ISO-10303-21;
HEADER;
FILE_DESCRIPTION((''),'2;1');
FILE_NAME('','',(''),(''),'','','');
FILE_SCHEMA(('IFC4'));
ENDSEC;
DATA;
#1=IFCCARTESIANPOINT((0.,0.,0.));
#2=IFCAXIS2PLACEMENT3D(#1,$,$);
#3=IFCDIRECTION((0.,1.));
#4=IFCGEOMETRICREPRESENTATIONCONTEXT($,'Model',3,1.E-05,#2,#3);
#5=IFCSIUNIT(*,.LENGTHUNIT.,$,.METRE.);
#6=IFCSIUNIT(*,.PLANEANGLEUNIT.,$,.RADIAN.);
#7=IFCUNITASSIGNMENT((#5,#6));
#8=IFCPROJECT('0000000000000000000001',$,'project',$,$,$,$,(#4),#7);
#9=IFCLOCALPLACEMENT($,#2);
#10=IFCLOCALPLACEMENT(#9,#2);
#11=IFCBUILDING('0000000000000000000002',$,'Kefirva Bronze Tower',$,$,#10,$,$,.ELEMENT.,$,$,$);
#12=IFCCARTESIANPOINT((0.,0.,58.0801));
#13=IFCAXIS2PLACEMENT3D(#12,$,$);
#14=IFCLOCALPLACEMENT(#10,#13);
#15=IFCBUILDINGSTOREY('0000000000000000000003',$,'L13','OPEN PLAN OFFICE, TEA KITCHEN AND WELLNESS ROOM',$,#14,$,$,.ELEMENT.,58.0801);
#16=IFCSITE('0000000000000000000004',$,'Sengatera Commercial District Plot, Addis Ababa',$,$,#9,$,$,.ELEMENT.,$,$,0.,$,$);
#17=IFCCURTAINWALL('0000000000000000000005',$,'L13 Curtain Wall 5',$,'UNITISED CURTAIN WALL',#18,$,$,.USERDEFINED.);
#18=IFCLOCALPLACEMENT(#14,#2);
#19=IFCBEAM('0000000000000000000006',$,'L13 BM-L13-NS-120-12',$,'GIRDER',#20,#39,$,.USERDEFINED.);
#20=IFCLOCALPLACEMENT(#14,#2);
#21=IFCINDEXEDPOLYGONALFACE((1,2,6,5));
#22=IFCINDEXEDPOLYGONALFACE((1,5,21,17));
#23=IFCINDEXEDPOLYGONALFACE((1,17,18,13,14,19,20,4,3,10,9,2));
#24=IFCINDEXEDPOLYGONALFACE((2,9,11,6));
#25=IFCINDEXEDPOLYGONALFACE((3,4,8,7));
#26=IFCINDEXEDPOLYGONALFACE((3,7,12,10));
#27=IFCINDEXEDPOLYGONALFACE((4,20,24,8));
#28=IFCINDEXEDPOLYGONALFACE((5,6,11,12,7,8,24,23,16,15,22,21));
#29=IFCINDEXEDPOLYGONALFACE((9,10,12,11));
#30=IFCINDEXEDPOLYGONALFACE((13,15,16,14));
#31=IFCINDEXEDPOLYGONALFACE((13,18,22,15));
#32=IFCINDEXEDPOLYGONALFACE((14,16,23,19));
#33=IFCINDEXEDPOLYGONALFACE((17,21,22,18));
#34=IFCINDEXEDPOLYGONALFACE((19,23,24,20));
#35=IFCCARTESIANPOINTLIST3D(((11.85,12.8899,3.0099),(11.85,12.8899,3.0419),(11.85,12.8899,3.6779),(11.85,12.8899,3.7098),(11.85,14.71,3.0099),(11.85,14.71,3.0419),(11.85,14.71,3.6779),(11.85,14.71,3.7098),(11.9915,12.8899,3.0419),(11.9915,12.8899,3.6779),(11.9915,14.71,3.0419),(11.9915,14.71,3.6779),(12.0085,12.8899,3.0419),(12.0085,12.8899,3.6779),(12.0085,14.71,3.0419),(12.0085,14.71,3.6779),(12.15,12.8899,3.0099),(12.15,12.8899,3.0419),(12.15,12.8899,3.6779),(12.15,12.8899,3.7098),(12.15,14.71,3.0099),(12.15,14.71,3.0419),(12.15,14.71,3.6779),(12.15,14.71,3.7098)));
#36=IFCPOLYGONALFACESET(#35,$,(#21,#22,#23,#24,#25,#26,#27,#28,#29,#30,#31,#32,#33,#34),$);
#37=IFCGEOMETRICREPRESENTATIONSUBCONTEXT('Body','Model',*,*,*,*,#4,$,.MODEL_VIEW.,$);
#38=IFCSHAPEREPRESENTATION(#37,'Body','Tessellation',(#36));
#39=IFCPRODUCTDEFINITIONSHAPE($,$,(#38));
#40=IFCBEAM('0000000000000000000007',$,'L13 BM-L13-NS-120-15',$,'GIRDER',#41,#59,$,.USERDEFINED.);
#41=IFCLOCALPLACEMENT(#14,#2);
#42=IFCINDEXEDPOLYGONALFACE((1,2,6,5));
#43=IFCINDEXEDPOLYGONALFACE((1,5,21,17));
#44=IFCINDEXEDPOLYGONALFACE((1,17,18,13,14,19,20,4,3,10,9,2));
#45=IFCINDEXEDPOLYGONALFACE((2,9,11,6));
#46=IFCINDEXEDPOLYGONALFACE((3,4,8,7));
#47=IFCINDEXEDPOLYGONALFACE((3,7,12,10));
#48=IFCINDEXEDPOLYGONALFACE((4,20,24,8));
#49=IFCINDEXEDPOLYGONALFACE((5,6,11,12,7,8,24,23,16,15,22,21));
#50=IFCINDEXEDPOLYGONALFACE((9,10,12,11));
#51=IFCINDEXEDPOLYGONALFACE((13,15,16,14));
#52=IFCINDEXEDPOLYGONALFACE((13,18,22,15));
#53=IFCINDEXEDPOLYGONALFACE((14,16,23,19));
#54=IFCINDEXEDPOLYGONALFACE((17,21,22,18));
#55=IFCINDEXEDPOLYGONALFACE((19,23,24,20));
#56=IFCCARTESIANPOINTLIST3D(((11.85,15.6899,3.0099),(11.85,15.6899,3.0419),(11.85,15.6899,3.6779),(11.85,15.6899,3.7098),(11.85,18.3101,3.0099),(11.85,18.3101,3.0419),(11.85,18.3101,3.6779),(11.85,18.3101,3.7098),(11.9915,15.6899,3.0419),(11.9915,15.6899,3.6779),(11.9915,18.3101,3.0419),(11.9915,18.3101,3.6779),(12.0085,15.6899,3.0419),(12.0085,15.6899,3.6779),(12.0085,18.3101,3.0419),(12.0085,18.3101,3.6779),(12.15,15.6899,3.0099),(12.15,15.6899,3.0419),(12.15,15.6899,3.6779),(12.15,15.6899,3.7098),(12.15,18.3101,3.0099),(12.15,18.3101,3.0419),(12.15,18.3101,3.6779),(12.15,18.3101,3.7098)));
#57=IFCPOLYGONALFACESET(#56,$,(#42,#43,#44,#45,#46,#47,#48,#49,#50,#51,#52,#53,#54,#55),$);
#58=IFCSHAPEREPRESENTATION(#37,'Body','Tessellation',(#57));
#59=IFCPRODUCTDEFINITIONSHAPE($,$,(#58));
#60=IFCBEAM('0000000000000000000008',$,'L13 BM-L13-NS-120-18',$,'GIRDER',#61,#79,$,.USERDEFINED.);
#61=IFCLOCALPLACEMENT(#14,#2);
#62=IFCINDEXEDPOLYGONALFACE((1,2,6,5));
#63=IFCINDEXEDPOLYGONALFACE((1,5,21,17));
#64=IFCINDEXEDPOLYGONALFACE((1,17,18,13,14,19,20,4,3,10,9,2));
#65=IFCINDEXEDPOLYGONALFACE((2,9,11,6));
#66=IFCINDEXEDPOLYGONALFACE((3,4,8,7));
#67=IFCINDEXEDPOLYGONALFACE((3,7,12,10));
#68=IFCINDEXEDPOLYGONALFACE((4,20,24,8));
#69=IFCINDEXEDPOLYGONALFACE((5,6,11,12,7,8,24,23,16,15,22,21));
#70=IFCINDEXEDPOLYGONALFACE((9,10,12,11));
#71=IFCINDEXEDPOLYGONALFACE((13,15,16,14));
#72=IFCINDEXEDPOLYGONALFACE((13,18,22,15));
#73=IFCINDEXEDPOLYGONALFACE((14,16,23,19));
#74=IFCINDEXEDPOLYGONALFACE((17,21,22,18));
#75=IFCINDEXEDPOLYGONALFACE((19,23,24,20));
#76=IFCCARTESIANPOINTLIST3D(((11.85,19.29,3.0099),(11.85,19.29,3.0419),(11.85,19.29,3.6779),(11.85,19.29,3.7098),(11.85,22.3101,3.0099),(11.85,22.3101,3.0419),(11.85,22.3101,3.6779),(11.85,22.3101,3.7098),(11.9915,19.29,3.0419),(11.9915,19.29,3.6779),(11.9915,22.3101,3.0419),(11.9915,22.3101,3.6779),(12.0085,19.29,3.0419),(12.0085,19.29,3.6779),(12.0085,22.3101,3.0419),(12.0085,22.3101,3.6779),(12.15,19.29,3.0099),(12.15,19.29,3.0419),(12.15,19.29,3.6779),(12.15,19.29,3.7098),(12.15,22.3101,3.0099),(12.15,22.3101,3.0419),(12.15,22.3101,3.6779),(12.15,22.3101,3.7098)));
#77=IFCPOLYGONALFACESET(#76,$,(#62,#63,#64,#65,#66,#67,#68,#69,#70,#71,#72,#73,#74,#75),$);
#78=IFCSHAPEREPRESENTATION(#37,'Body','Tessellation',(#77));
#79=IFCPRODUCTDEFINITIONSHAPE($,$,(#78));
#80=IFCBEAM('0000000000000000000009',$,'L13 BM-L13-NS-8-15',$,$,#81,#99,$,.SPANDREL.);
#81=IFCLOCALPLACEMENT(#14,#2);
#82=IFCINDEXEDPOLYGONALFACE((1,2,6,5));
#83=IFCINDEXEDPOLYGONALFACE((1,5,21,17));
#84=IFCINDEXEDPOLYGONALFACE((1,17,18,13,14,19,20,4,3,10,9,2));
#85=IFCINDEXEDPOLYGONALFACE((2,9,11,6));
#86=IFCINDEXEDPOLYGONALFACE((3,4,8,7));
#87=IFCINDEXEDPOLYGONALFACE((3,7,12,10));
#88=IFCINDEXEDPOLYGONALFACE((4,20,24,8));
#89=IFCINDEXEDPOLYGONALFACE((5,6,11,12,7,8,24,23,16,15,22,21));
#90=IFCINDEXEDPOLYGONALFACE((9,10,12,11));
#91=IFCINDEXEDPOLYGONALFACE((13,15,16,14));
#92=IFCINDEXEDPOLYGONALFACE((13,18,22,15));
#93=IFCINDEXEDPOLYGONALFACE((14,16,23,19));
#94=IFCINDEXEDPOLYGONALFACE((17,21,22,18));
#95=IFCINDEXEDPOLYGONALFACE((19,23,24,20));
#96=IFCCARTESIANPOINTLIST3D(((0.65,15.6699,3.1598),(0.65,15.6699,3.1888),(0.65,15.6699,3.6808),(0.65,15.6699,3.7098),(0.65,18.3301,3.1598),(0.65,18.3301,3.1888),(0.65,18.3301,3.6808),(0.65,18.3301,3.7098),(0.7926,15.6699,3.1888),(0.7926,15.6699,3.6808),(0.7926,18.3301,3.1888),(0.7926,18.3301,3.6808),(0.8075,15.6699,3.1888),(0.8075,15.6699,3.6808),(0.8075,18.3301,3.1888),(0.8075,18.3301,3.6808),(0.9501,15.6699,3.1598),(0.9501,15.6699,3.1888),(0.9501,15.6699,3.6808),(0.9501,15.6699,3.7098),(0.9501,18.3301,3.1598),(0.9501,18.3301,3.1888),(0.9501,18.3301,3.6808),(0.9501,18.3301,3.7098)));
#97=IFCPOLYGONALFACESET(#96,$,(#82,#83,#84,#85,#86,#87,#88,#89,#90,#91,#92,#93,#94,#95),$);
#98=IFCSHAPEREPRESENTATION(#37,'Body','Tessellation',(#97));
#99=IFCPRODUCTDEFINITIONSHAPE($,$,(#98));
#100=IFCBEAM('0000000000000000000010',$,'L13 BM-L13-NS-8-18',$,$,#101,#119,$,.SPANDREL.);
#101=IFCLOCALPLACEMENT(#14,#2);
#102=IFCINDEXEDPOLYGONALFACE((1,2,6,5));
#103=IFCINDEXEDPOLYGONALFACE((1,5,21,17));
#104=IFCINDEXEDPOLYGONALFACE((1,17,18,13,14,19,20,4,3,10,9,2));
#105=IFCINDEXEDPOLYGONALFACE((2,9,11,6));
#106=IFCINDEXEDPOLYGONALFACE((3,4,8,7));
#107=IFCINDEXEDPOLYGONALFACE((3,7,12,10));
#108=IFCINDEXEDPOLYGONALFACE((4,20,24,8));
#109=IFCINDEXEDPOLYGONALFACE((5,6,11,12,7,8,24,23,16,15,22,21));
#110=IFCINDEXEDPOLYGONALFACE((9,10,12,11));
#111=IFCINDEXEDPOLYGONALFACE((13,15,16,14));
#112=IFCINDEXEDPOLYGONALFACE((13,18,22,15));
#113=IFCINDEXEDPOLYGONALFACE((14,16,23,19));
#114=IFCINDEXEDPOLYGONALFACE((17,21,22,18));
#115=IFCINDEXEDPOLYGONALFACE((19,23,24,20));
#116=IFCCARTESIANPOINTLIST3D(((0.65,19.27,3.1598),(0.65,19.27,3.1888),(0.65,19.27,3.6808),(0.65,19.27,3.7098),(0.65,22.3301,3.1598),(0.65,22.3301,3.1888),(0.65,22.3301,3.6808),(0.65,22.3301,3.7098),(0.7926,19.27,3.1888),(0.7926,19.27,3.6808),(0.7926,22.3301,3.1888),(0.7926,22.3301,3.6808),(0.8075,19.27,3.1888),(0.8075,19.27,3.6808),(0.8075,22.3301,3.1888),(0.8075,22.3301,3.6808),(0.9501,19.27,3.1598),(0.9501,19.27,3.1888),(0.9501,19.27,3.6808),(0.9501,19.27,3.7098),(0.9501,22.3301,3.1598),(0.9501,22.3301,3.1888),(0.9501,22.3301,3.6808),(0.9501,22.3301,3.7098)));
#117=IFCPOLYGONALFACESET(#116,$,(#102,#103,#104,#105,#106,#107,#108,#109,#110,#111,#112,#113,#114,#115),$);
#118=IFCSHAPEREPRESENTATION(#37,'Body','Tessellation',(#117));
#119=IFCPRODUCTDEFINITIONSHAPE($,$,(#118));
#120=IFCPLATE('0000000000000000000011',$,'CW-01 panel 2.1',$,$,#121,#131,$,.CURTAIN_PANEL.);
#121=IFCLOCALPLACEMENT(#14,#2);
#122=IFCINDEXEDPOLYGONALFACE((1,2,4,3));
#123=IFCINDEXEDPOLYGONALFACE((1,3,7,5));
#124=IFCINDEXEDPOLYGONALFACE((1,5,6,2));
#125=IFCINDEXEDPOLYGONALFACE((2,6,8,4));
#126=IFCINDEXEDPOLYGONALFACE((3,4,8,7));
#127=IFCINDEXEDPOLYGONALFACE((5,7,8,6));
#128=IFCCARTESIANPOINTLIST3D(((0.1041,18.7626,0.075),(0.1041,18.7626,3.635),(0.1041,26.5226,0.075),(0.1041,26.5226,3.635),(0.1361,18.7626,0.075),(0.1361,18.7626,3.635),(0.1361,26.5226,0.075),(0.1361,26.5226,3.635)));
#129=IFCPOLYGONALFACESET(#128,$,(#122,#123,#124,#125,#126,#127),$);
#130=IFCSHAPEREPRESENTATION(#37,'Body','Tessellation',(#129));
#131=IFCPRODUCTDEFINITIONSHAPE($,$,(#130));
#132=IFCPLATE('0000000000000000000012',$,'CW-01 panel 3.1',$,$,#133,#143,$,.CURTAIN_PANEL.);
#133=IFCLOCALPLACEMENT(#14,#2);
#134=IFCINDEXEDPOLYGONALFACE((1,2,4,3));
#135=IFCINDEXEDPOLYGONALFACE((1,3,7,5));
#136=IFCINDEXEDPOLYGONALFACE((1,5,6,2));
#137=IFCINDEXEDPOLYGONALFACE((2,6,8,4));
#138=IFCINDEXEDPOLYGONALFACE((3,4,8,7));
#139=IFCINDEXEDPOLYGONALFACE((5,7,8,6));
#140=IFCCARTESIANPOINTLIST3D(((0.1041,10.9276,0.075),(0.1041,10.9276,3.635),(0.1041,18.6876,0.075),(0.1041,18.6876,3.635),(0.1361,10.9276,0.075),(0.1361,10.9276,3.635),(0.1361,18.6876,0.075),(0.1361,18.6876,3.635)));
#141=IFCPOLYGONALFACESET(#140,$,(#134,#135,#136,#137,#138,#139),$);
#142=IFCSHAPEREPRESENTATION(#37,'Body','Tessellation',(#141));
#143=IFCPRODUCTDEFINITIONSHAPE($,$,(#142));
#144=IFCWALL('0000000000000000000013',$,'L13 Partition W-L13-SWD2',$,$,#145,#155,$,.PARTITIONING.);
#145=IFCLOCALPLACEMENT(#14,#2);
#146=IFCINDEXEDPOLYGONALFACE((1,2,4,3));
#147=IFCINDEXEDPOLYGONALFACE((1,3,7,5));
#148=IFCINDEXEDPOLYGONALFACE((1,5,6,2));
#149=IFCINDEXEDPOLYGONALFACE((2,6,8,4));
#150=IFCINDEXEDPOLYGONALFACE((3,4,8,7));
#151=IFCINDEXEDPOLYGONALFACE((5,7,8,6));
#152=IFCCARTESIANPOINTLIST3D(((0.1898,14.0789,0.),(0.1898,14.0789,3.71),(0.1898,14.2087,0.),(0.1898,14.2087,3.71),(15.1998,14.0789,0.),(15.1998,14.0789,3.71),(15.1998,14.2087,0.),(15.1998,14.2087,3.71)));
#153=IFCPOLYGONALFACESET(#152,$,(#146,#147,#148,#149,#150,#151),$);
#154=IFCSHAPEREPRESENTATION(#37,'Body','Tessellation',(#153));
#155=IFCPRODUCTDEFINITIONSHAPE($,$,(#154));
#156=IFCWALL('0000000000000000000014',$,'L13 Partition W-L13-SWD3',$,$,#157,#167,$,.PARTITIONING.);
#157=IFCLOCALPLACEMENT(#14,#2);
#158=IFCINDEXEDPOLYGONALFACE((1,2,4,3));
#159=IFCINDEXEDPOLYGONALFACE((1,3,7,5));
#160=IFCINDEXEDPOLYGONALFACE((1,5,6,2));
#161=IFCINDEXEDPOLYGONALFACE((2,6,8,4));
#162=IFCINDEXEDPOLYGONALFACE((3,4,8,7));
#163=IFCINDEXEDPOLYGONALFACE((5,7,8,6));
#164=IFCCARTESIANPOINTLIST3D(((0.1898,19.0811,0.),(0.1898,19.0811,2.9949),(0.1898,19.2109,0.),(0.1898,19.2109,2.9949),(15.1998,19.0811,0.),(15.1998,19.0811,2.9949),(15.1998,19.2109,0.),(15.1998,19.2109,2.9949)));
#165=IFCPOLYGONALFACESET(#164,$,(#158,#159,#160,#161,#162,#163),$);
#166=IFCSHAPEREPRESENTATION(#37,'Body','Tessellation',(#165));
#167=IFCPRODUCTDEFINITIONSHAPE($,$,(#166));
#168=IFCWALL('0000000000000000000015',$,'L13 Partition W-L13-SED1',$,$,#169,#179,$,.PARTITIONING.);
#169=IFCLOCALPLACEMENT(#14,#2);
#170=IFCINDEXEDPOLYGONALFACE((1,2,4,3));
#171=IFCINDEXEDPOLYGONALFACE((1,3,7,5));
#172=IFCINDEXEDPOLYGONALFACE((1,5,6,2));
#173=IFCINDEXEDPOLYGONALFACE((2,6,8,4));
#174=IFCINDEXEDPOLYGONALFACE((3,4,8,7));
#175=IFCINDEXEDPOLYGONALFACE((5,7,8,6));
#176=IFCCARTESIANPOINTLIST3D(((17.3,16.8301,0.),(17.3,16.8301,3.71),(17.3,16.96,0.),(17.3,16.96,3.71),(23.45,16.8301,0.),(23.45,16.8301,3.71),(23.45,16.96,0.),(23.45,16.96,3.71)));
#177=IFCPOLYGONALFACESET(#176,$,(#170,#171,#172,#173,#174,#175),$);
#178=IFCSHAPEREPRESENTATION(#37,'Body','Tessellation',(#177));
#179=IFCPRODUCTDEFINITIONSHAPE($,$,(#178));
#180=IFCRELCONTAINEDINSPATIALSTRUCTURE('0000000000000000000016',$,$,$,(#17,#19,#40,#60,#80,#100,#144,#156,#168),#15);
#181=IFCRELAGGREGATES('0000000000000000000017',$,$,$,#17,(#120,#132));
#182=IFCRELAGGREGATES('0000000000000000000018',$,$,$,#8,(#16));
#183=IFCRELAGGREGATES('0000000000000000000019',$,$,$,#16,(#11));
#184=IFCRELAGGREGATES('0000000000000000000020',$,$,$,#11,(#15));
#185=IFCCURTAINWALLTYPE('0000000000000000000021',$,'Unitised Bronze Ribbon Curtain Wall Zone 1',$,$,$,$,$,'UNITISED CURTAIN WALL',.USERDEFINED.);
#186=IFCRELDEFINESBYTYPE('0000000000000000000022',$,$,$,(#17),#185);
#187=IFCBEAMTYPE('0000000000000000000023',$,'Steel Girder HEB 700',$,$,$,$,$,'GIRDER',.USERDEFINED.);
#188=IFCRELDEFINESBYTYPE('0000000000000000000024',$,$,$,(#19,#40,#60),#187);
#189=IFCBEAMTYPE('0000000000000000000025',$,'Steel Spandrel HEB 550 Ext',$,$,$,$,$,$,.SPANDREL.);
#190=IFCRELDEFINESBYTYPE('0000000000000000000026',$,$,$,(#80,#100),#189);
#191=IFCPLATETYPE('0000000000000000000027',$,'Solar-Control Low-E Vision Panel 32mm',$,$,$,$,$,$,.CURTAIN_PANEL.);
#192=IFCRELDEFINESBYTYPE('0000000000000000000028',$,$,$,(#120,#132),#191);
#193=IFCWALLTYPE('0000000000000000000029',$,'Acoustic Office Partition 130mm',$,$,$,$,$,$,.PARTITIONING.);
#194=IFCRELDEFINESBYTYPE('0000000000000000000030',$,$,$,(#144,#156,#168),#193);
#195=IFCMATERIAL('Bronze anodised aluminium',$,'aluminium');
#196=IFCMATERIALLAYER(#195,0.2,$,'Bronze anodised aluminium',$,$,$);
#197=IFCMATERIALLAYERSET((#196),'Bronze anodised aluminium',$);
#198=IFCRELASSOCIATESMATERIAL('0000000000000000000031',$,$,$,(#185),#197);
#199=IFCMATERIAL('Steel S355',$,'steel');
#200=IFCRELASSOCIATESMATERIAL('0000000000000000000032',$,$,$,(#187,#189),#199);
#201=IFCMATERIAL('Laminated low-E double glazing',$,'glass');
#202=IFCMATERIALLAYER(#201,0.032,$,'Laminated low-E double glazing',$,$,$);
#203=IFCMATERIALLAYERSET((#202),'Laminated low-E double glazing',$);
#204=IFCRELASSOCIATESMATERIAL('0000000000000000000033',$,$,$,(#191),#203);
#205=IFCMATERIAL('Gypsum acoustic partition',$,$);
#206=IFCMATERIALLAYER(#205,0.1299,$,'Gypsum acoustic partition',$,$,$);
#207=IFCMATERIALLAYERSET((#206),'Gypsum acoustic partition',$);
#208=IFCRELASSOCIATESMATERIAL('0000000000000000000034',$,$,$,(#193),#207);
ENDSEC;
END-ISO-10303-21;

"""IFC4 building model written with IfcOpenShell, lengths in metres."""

from ifc_helpers import new_model, si_unit, direction, frame, frame_2d, origin, origin_2d, place, context, subcontext, project, spatial, rectangle, i_section, extrude, material, layer, layer_set, material_profile, profile_set, type_object, element, aggregate, save


model = new_model("IFC4")

# Units and contexts
model_context = context("Model", 3, precision=1e-05, world=origin(), true_north=direction((0.0, 1.0)))
body_context = subcontext(model_context, "Body", "Model", "MODEL_VIEW")
ifc_project = project(units=[si_unit("LENGTHUNIT", "METRE"), si_unit("PLANEANGLEUNIT", "RADIAN")], contexts=[model_context])

# Site, building, storey
site_placement = place(None, origin())
site = spatial("IfcSite", under=ifc_project, at=site_placement, Name="Sengatera Commercial District Plot, Addis Ababa", CompositionType="ELEMENT", RefElevation=0.0)
building_placement = place(site_placement, origin())
building = spatial("IfcBuilding", under=site, at=building_placement, Name="Kefirva Bronze Tower", CompositionType="ELEMENT")
storey_placement = place(building_placement, frame((0.0, 0.0, 58.0801)))
storey = spatial("IfcBuildingStorey", under=building, at=storey_placement, Name="L13", Description="OPEN PLAN OFFICE, TEA KITCHEN AND WELLNESS ROOM", CompositionType="ELEMENT", Elevation=58.0801)

# Curtain wall
ifc_material_1 = material(Name="Bronze anodised aluminium", Category="aluminium")
ifc_layer_1 = layer(ifc_material_1, 0.2, Name="Bronze anodised aluminium")
ifc_layer_set_1 = layer_set([ifc_layer_1], Name="Bronze anodised aluminium")
curtain_wall_type = type_object("IfcCurtainWallType", Name="Unitised Bronze Ribbon Curtain Wall Zone 1", ElementType="UNITISED CURTAIN WALL", PredefinedType="USERDEFINED", material=ifc_layer_set_1)
curtain_wall_placement = place(storey_placement, origin())
curtain_wall = element("IfcCurtainWall", 1, at=curtain_wall_placement, inside=storey, type_object=curtain_wall_type, Name="L13 Curtain Wall 5", ObjectType="UNITISED CURTAIN WALL", PredefinedType="USERDEFINED")

# Beams
ifc_material_2 = material(Name="Steel S355", Category="steel")
ifc_material_profile_1 = material_profile(ifc_material_2, i_section(OverallWidth=0.3, OverallDepth=0.7, WebThickness=0.0171, FlangeThickness=0.032, at=origin_2d()), Name="HEB 700")
ifc_profile_set_1 = profile_set([ifc_material_profile_1], Name="Steel S355")
beam_type_1 = type_object("IfcBeamType", Name="Steel Girder HEB 700", ElementType="GIRDER", PredefinedType="USERDEFINED", material=ifc_profile_set_1)
beam_1_placement = place(storey_placement, frame((12.0, 12.8899, 3.3599), z_axis=(0.0, 1.0, 0.0), x_axis=(-1.0, 0.0, 0.0)))
element("IfcBeam", 2, at=beam_1_placement, inside=storey, type_object=beam_type_1, Name="L13 BM-L13-NS-120-12", ObjectType="GIRDER", PredefinedType="USERDEFINED", context=body_context, shape_type="SweptSolid", body=[
    extrude(i_section(OverallWidth=0.3, OverallDepth=0.7, WebThickness=0.0171, FlangeThickness=0.032, at=origin_2d()), origin(), (0.0, 0.0, 1.0), 1.8201),
])
beam_2_placement = place(storey_placement, frame((12.0, 15.6899, 3.3599), z_axis=(0.0, 1.0, 0.0), x_axis=(-1.0, 0.0, 0.0)))
element("IfcBeam", 3, at=beam_2_placement, inside=storey, type_object=beam_type_1, Name="L13 BM-L13-NS-120-15", ObjectType="GIRDER", PredefinedType="USERDEFINED", context=body_context, shape_type="SweptSolid", body=[
    extrude(i_section(OverallWidth=0.3, OverallDepth=0.7, WebThickness=0.0171, FlangeThickness=0.032, at=origin_2d()), origin(), (0.0, 0.0, 1.0), 2.6201),
])
beam_3_placement = place(storey_placement, frame((12.0, 19.29, 3.3599), z_axis=(0.0, 1.0, 0.0), x_axis=(-1.0, 0.0, 0.0)))
element("IfcBeam", 4, at=beam_3_placement, inside=storey, type_object=beam_type_1, Name="L13 BM-L13-NS-120-18", ObjectType="GIRDER", PredefinedType="USERDEFINED", context=body_context, shape_type="SweptSolid", body=[
    extrude(i_section(OverallWidth=0.3, OverallDepth=0.7, WebThickness=0.0171, FlangeThickness=0.032, at=origin_2d()), origin(), (0.0, 0.0, 1.0), 3.02),
])
ifc_material_profile_2 = material_profile(ifc_material_2, i_section(OverallWidth=0.3, OverallDepth=0.55, WebThickness=0.0149, FlangeThickness=0.0291, at=origin_2d()), Name="HEB 550")
ifc_profile_set_2 = profile_set([ifc_material_profile_2], Name="Steel S355")
beam_type_2 = type_object("IfcBeamType", Name="Steel Spandrel HEB 550 Ext", PredefinedType="SPANDREL", material=ifc_profile_set_2)
beam_4_placement = place(storey_placement, frame((0.8, 15.6699, 3.4348), z_axis=(0.0, 1.0, 0.0), x_axis=(-1.0, 0.0, 0.0)))
element("IfcBeam", 5, at=beam_4_placement, inside=storey, type_object=beam_type_2, Name="L13 BM-L13-NS-8-15", PredefinedType="SPANDREL", context=body_context, shape_type="SweptSolid", body=[
    extrude(i_section(OverallWidth=0.3, OverallDepth=0.55, WebThickness=0.0149, FlangeThickness=0.0291, at=origin_2d()), origin(), (0.0, 0.0, 1.0), 2.6602),
])
beam_5_placement = place(storey_placement, frame((0.8, 19.27, 3.4348), z_axis=(0.0, 1.0, 0.0), x_axis=(-1.0, 0.0, 0.0)))
element("IfcBeam", 6, at=beam_5_placement, inside=storey, type_object=beam_type_2, Name="L13 BM-L13-NS-8-18", PredefinedType="SPANDREL", context=body_context, shape_type="SweptSolid", body=[
    extrude(i_section(OverallWidth=0.3, OverallDepth=0.55, WebThickness=0.0149, FlangeThickness=0.0291, at=origin_2d()), origin(), (0.0, 0.0, 1.0), 3.0601),
])

# Plates
ifc_material_3 = material(Name="Laminated low-E double glazing", Category="glass")
ifc_layer_2 = layer(ifc_material_3, 0.032, Name="Laminated low-E double glazing")
ifc_layer_set_2 = layer_set([ifc_layer_2], Name="Laminated low-E double glazing")
plate_type = type_object("IfcPlateType", Name="Solar-Control Low-E Vision Panel 32mm", PredefinedType="CURTAIN_PANEL", material=ifc_layer_set_2)
plate_1_placement = place(storey_placement, frame((0.1201, 22.6426, 0.075), z_axis=(0.0, 0.0, 1.0), x_axis=(0.0, -1.0, 0.0)))
plate_1 = element("IfcPlate", 7, at=plate_1_placement, type_object=plate_type, Name="CW-01 panel 2.1", PredefinedType="CURTAIN_PANEL", context=body_context, shape_type="SweptSolid", body=[
    extrude(rectangle(XDim=7.76, YDim=0.032, at=origin_2d()), origin(), (0.0, 0.0, 1.0), 3.5601),
])
plate_2_placement = place(storey_placement, frame((0.1201, 14.8076, 0.075), z_axis=(0.0, 0.0, 1.0), x_axis=(0.0, -1.0, 0.0)))
plate_2 = element("IfcPlate", 8, at=plate_2_placement, type_object=plate_type, Name="CW-01 panel 3.1", PredefinedType="CURTAIN_PANEL", context=body_context, shape_type="SweptSolid", body=[
    extrude(rectangle(XDim=7.76, YDim=0.032, at=origin_2d()), origin(), (0.0, 0.0, 1.0), 3.5601),
])
aggregate(curtain_wall, [plate_1, plate_2])

# Walls
ifc_material_4 = material(Name="Gypsum acoustic partition")
ifc_layer_3 = layer(ifc_material_4, 0.1299, Name="Gypsum acoustic partition")
ifc_layer_set_3 = layer_set([ifc_layer_3], Name="Gypsum acoustic partition")
wall_type = type_object("IfcWallType", Name="Acoustic Office Partition 130mm", PredefinedType="PARTITIONING", material=ifc_layer_set_3)
wall_1_placement = place(storey_placement, frame((0.1899, 14.1438, 0.0), z_axis=(0.0, 0.0, 1.0), x_axis=(1.0, 0.0, 0.0)))
element("IfcWall", 9, at=wall_1_placement, inside=storey, type_object=wall_type, Name="L13 Partition W-L13-SWD2", PredefinedType="PARTITIONING", context=body_context, shape_type="SweptSolid", body=[
    extrude(rectangle(XDim=15.01, YDim=0.1299, at=frame_2d((7.5049, 0.0))), origin(), (0.0, 0.0, 1.0), 3.71),
])
wall_2_placement = place(storey_placement, frame((0.1899, 19.146, 0.0), z_axis=(0.0, 0.0, 1.0), x_axis=(1.0, 0.0, 0.0)))
element("IfcWall", 10, at=wall_2_placement, inside=storey, type_object=wall_type, Name="L13 Partition W-L13-SWD3", PredefinedType="PARTITIONING", context=body_context, shape_type="SweptSolid", body=[
    extrude(rectangle(XDim=15.01, YDim=0.1299, at=frame_2d((7.5049, 0.0))), origin(), (0.0, 0.0, 1.0), 2.9949),
])
wall_3_placement = place(storey_placement, frame((17.3, 16.895, 0.0), z_axis=(0.0, 0.0, 1.0), x_axis=(1.0, 0.0, 0.0)))
element("IfcWall", 11, at=wall_3_placement, inside=storey, type_object=wall_type, Name="L13 Partition W-L13-SED1", PredefinedType="PARTITIONING", context=body_context, shape_type="SweptSolid", body=[
    extrude(rectangle(XDim=6.1499, YDim=0.1299, at=frame_2d((3.075, 0.0))), origin(), (0.0, 0.0, 1.0), 3.71),
])

save(model, "model.ifc")
